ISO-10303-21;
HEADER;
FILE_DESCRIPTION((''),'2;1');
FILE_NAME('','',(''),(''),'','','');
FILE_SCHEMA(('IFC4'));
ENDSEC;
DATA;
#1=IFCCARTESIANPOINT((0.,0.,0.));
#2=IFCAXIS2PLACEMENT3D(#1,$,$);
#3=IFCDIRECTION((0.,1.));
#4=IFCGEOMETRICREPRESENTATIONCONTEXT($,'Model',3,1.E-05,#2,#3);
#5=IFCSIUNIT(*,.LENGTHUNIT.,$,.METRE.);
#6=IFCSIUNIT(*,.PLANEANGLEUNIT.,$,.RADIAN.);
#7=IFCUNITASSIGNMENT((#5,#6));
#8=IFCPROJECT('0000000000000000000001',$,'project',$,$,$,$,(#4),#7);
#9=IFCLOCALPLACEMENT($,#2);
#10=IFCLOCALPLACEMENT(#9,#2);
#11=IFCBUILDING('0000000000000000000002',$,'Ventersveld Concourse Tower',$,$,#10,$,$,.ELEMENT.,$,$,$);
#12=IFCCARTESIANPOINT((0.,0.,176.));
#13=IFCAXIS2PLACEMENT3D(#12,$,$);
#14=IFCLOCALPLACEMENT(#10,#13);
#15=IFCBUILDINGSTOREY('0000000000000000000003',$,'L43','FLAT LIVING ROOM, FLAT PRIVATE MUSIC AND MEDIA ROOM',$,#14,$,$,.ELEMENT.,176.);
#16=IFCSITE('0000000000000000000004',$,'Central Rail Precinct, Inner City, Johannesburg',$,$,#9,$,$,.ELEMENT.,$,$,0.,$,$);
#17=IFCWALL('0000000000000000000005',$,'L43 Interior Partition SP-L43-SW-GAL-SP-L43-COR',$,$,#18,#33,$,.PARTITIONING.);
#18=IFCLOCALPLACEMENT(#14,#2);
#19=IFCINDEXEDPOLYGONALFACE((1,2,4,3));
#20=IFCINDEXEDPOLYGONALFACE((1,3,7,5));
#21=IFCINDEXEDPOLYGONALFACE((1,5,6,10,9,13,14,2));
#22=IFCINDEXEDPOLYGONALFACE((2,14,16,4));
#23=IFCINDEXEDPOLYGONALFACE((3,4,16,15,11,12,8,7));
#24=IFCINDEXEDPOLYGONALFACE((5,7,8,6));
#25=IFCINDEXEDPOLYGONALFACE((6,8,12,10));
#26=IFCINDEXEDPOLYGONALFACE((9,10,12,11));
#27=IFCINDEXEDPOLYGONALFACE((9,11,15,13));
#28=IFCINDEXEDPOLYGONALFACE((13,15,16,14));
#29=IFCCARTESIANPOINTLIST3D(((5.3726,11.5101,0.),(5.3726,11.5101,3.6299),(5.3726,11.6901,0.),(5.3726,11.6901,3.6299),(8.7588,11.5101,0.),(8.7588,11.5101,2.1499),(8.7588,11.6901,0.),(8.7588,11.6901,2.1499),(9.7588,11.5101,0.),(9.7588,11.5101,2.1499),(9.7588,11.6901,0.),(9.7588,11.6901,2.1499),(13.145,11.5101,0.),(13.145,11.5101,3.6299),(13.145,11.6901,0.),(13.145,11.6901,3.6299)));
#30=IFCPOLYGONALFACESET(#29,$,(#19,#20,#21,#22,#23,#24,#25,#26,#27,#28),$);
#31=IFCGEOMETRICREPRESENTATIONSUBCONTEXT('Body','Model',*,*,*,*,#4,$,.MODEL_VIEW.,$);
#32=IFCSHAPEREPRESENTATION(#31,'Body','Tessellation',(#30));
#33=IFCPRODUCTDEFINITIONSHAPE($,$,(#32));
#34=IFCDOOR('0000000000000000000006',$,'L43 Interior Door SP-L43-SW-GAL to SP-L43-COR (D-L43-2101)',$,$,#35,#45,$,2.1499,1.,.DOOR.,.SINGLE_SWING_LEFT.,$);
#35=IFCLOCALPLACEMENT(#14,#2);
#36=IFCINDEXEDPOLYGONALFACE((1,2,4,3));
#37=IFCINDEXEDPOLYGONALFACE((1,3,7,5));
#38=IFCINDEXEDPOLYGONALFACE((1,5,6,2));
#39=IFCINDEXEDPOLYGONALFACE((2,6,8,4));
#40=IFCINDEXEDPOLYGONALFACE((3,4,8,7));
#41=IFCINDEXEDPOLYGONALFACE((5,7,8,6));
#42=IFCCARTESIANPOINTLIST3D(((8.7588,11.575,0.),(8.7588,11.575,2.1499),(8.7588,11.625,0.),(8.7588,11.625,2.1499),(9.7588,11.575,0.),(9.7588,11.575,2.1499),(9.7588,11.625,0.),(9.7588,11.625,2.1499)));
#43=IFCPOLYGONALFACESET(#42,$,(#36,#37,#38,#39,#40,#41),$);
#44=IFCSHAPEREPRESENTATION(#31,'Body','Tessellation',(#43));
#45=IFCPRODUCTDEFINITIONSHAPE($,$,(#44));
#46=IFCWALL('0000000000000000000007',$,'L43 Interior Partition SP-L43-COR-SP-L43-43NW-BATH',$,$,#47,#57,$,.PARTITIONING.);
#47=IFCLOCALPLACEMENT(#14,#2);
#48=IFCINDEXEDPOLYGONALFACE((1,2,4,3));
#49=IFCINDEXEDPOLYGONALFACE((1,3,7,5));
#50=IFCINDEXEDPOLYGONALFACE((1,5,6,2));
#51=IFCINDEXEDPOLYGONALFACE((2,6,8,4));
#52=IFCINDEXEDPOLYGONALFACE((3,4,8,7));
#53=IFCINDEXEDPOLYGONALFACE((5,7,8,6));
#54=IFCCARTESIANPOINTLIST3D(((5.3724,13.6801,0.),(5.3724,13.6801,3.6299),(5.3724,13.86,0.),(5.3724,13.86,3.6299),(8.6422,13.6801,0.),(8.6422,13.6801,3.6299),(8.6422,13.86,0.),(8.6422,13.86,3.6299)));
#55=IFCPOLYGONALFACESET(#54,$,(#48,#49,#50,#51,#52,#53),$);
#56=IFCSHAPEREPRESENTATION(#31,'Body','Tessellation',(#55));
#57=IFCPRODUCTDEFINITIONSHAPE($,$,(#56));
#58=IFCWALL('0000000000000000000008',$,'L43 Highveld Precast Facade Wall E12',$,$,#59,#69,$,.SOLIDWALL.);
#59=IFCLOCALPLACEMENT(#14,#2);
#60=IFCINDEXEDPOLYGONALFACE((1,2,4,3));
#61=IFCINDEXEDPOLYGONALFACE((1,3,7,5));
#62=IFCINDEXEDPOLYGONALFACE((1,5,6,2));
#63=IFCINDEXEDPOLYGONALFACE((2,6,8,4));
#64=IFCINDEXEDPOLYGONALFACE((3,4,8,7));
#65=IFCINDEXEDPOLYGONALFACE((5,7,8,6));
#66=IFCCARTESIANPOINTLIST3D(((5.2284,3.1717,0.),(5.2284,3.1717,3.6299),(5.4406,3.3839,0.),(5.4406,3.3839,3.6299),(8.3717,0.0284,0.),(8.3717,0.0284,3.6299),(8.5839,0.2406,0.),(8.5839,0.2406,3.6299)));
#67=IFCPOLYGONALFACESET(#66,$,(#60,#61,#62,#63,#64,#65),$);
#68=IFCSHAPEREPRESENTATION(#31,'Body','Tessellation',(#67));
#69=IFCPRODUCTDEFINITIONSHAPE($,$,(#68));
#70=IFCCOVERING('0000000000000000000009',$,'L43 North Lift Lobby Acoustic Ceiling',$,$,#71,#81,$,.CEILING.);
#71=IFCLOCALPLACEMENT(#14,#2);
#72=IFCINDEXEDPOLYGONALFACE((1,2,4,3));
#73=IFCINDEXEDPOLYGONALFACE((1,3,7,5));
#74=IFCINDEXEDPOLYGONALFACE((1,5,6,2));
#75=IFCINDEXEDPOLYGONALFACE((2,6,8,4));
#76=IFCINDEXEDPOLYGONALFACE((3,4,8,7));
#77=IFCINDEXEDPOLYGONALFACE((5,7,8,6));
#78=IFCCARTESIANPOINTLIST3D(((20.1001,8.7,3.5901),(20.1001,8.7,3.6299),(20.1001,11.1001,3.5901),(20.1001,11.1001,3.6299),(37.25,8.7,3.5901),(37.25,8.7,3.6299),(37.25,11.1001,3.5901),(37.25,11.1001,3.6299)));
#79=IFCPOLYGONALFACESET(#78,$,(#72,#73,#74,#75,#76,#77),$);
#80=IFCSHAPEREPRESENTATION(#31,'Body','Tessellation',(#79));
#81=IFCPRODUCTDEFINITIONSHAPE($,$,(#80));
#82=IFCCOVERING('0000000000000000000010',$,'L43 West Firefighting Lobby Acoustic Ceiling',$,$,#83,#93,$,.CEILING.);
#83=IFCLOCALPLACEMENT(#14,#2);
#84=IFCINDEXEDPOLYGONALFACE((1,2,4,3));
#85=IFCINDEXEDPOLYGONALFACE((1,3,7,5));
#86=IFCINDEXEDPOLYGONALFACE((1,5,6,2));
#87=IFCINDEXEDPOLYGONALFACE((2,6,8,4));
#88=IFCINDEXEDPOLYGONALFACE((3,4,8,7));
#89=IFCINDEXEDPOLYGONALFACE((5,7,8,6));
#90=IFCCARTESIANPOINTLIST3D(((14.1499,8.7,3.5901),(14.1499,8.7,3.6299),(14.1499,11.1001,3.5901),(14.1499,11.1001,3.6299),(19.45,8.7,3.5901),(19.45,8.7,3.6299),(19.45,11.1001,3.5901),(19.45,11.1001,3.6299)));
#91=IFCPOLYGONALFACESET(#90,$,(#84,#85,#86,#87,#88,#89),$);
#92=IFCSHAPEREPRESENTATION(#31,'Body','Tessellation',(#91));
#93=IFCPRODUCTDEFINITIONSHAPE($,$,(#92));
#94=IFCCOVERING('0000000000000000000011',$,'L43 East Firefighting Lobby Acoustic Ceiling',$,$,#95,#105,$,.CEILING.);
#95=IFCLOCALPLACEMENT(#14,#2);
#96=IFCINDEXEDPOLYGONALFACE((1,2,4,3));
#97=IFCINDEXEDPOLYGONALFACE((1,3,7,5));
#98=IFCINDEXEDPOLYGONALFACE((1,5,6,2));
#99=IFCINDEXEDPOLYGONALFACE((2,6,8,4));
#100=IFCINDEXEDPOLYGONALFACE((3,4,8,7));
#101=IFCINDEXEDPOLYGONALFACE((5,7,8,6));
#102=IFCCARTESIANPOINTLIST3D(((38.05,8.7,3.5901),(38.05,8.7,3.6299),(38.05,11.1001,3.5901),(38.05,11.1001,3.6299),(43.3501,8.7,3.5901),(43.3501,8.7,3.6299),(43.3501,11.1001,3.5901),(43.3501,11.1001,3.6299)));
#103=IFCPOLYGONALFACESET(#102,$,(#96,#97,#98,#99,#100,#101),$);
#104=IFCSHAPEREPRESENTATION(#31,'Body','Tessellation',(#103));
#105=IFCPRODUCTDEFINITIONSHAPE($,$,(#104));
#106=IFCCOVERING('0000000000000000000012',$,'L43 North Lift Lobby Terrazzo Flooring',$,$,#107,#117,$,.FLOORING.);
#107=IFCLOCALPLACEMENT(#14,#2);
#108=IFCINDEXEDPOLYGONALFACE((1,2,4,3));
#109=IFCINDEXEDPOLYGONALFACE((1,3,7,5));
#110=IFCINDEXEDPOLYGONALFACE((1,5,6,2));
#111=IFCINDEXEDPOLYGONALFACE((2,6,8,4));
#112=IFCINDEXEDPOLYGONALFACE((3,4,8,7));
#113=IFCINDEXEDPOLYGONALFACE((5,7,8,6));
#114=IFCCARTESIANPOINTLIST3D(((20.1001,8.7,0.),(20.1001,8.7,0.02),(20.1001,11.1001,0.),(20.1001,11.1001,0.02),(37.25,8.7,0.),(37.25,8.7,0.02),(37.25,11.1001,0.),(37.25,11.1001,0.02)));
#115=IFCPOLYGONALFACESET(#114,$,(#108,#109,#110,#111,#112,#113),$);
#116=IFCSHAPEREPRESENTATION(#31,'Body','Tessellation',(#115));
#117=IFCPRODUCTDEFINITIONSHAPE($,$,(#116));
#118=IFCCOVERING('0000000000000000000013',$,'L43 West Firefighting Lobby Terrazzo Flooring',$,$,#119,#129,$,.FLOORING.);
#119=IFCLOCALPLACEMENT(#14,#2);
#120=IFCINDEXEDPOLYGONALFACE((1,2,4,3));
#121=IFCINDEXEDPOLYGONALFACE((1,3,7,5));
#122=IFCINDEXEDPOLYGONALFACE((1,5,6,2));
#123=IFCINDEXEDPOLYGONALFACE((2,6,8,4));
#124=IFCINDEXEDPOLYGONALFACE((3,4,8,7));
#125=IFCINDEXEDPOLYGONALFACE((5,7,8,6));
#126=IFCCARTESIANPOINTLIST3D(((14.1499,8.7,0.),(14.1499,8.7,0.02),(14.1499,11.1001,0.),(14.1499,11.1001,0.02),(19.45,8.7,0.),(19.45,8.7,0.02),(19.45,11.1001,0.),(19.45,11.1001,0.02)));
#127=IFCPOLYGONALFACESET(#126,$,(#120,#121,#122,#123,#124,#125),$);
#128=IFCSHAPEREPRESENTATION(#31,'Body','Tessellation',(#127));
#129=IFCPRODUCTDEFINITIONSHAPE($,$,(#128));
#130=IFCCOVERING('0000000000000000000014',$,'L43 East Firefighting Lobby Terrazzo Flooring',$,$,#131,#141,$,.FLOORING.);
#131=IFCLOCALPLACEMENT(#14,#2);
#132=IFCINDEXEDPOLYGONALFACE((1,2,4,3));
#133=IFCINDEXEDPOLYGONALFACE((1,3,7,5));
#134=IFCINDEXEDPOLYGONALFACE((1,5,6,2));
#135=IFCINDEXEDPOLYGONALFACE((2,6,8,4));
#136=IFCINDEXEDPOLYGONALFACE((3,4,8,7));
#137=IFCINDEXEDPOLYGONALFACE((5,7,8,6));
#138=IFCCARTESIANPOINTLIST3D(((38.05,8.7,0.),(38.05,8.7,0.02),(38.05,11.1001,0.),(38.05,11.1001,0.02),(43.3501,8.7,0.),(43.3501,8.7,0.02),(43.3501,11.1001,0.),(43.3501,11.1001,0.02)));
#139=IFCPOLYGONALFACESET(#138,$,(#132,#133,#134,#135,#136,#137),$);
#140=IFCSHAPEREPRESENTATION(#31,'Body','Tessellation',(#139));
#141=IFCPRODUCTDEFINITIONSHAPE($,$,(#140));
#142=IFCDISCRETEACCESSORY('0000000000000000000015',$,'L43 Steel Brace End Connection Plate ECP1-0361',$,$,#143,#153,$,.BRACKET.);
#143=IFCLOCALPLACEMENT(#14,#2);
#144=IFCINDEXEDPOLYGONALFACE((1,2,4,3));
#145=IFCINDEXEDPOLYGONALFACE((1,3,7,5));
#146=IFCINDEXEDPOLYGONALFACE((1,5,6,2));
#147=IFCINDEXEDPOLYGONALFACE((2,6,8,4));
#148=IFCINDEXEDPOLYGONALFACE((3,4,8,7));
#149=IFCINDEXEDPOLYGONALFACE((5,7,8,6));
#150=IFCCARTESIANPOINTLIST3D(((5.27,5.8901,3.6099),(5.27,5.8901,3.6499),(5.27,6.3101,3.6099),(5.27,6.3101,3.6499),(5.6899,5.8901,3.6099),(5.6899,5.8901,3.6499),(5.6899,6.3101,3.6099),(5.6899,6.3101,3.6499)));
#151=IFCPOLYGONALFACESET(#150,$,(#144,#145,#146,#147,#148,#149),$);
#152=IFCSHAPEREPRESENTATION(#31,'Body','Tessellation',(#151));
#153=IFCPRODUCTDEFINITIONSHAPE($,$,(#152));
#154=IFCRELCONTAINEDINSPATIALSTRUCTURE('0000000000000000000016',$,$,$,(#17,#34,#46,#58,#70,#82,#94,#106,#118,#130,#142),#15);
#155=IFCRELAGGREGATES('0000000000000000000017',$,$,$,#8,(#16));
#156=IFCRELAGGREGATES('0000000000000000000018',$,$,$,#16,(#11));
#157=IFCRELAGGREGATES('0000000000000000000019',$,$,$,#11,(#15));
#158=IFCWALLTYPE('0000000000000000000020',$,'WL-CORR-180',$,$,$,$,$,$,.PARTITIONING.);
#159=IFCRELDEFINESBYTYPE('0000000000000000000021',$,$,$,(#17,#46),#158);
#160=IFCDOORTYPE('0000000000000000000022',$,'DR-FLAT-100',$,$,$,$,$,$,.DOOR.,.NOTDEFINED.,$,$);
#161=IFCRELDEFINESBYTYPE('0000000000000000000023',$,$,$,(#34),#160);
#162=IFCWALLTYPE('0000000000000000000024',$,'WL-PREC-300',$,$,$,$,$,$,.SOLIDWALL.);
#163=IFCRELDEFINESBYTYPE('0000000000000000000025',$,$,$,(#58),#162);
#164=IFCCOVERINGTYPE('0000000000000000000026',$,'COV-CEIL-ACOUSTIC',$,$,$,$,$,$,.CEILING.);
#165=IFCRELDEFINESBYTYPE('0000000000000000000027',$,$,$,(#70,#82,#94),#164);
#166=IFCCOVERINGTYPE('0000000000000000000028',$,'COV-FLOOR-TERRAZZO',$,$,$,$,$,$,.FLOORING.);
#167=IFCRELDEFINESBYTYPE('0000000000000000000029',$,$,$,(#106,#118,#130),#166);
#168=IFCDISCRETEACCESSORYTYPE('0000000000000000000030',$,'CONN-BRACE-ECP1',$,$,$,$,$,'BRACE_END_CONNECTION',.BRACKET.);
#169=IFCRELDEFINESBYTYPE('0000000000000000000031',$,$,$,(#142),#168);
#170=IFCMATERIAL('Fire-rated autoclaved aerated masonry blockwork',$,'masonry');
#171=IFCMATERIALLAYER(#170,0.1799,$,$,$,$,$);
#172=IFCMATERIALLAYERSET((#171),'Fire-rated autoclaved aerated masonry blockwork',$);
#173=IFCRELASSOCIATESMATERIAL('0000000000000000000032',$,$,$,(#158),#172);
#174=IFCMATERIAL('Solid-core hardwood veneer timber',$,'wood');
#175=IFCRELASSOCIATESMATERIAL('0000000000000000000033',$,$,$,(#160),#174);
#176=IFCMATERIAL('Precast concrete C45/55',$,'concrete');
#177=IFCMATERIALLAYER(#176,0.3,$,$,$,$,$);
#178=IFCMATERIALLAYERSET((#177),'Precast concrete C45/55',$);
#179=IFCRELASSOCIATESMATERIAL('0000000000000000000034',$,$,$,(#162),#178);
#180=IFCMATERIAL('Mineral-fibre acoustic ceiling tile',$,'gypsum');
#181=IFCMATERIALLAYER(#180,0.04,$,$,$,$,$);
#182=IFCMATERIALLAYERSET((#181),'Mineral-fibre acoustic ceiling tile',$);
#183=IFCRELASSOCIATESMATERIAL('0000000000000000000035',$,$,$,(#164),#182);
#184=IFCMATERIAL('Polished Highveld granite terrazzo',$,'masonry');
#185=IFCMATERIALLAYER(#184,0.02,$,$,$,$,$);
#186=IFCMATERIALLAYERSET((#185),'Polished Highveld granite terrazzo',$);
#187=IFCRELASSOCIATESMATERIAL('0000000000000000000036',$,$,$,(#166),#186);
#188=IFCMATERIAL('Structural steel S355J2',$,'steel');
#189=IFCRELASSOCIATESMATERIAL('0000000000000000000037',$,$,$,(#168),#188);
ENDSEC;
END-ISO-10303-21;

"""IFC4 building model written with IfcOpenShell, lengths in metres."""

from ifc_helpers import new_model, si_unit, direction, frame, frame_2d, origin, origin_2d, place, context, subcontext, project, spatial, polyline, rectangle, outline, extrude, material, layer, layer_set, type_object, element, fill, save


model = new_model("IFC4")

# Units and contexts
model_context = context("Model", 3, precision=1e-05, world=origin(), true_north=direction((0.0, 1.0)))
body_context = subcontext(model_context, "Body", "Model", "MODEL_VIEW")
ifc_project = project(units=[si_unit("LENGTHUNIT", "METRE"), si_unit("PLANEANGLEUNIT", "RADIAN")], contexts=[model_context])

# Site, building, storey
site_placement = place(None, origin())
site = spatial("IfcSite", under=ifc_project, at=site_placement, Name="Central Rail Precinct, Inner City, Johannesburg", CompositionType="ELEMENT", RefElevation=0.0)
building_placement = place(site_placement, origin())
building = spatial("IfcBuilding", under=site, at=building_placement, Name="Ventersveld Concourse Tower", CompositionType="ELEMENT")
storey_placement = place(building_placement, frame((0.0, 0.0, 176.0)))
storey = spatial("IfcBuildingStorey", under=building, at=storey_placement, Name="L43", Description="FLAT LIVING ROOM, FLAT PRIVATE MUSIC AND MEDIA ROOM", CompositionType="ELEMENT", Elevation=176.0)

# Wall, opening, door
ifc_material_1 = material(Name="Fire-rated autoclaved aerated masonry blockwork", Category="masonry")
ifc_layer_1 = layer(ifc_material_1, 0.1799)
ifc_layer_set_1 = layer_set([ifc_layer_1], Name="Fire-rated autoclaved aerated masonry blockwork")
wall_type_1 = type_object("IfcWallType", Name="WL-CORR-180", PredefinedType="PARTITIONING", material=ifc_layer_set_1)
wall_1_placement = place(storey_placement, frame((5.3726, 11.6001, 0.0), z_axis=(0.0, 0.0, 1.0), x_axis=(1.0, 0.0, 0.0)))
wall_1 = element("IfcWall", 1, at=wall_1_placement, inside=storey, type_object=wall_type_1, Name="L43 Interior Partition SP-L43-SW-GAL-SP-L43-COR", PredefinedType="PARTITIONING", context=body_context, shape_type="SweptSolid", body=[
    extrude(rectangle(XDim=7.7725, YDim=0.1799, at=frame_2d((3.8862, 0.0))), origin(), (0.0, 0.0, 1.0), 3.6299),
])
opening_placement = place(wall_1_placement, frame((3.3862, 0.0, 0.0)))
opening = element("IfcOpeningElement", 2, at=opening_placement, cuts=wall_1, PredefinedType="OPENING", context=body_context, shape_type="SweptSolid", body=[
    extrude(rectangle(XDim=1.0, YDim=2.1499, at=frame_2d((0.5, 1.075))), frame((0.0, 0.1001, 0.0), z_axis=(0.0, -1.0, 0.0), x_axis=(1.0, 0.0, 0.0)), (0.0, 0.0, 1.0), 0.2),
])
ifc_material_2 = material(Name="Solid-core hardwood veneer timber", Category="wood")
door_type = type_object("IfcDoorType", Name="DR-FLAT-100", OperationType="NOTDEFINED", PredefinedType="DOOR", material=ifc_material_2)
door_placement = place(opening_placement, origin())
door = element("IfcDoor", 3, at=door_placement, inside=storey, type_object=door_type, Name="L43 Interior Door SP-L43-SW-GAL to SP-L43-COR (D-L43-2101)", OperationType="SINGLE_SWING_LEFT", OverallHeight=2.1499, OverallWidth=1.0, PredefinedType="DOOR", context=body_context, shape_type="SweptSolid", body=[
    extrude(rectangle(XDim=1.0, YDim=2.1499, at=frame_2d((0.5, 1.075))), frame((0.0, 0.0249, 0.0), z_axis=(0.0, -1.0, 0.0), x_axis=(1.0, 0.0, 0.0)), (0.0, 0.0, 1.0), 0.05),
])
fill(opening, door)

# Walls
wall_2_placement = place(storey_placement, frame((5.3726, 13.77, 0.0), z_axis=(0.0, 0.0, 1.0), x_axis=(1.0, 0.0, 0.0)))
element("IfcWall", 4, at=wall_2_placement, inside=storey, type_object=wall_type_1, Name="L43 Interior Partition SP-L43-COR-SP-L43-43NW-BATH", PredefinedType="PARTITIONING", context=body_context, shape_type="SweptSolid", body=[
    extrude(rectangle(XDim=3.2698, YDim=0.1799, at=frame_2d((1.6348, 0.0))), origin(), (0.0, 0.0, 1.0), 3.6299),
])
ifc_material_3 = material(Name="Precast concrete C45/55", Category="concrete")
ifc_layer_2 = layer(ifc_material_3, 0.3)
ifc_layer_set_2 = layer_set([ifc_layer_2], Name="Precast concrete C45/55")
wall_type_2 = type_object("IfcWallType", Name="WL-PREC-300", PredefinedType="SOLIDWALL", material=ifc_layer_set_2)
wall_3_placement = place(storey_placement, frame((5.3345, 3.2778, 0.0), z_axis=(0.0, 0.0, 1.0), x_axis=(0.707107, -0.707107, 0.0)))
element("IfcWall", 5, at=wall_3_placement, inside=storey, type_object=wall_type_2, Name="L43 Highveld Precast Facade Wall E12", PredefinedType="SOLIDWALL", context=body_context, shape_type="SweptSolid", body=[
    extrude(rectangle(XDim=4.4453, YDim=0.3, at=frame_2d((2.2227, 0.0))), origin(), (0.0, 0.0, 1.0), 3.6299),
])

# Coverings
ifc_material_4 = material(Name="Mineral-fibre acoustic ceiling tile", Category="gypsum")
ifc_layer_3 = layer(ifc_material_4, 0.04)
ifc_layer_set_3 = layer_set([ifc_layer_3], Name="Mineral-fibre acoustic ceiling tile")
covering_type_1 = type_object("IfcCoveringType", Name="COV-CEIL-ACOUSTIC", PredefinedType="CEILING", material=ifc_layer_set_3)
covering_1_placement = place(storey_placement, frame((0.0, 0.0, 3.5901)))
element("IfcCovering", 6, at=covering_1_placement, inside=storey, type_object=covering_type_1, Name="L43 North Lift Lobby Acoustic Ceiling", PredefinedType="CEILING", context=body_context, shape_type="SweptSolid", body=[
    extrude(outline(polyline([(20.1001, 8.7), (37.25, 8.7), (37.25, 11.1001), (20.1001, 11.1001), (20.1001, 8.7)])), origin(), (0.0, 0.0, 1.0), 0.0398),
])
covering_2_placement = place(storey_placement, frame((0.0, 0.0, 3.5901)))
element("IfcCovering", 7, at=covering_2_placement, inside=storey, type_object=covering_type_1, Name="L43 West Firefighting Lobby Acoustic Ceiling", PredefinedType="CEILING", context=body_context, shape_type="SweptSolid", body=[
    extrude(outline(polyline([(14.1499, 8.7), (19.45, 8.7), (19.45, 11.1001), (14.1499, 11.1001), (14.1499, 8.7)])), origin(), (0.0, 0.0, 1.0), 0.0398),
])
covering_3_placement = place(storey_placement, frame((0.0, 0.0, 3.5901)))
element("IfcCovering", 8, at=covering_3_placement, inside=storey, type_object=covering_type_1, Name="L43 East Firefighting Lobby Acoustic Ceiling", PredefinedType="CEILING", context=body_context, shape_type="SweptSolid", body=[
    extrude(outline(polyline([(38.05, 8.7), (43.3501, 8.7), (43.3501, 11.1001), (38.05, 11.1001), (38.05, 8.7)])), origin(), (0.0, 0.0, 1.0), 0.0398),
])
ifc_material_5 = material(Name="Polished Highveld granite terrazzo", Category="masonry")
ifc_layer_4 = layer(ifc_material_5, 0.02)
ifc_layer_set_4 = layer_set([ifc_layer_4], Name="Polished Highveld granite terrazzo")
covering_type_2 = type_object("IfcCoveringType", Name="COV-FLOOR-TERRAZZO", PredefinedType="FLOORING", material=ifc_layer_set_4)
covering_4_placement = place(storey_placement, origin())
element("IfcCovering", 9, at=covering_4_placement, inside=storey, type_object=covering_type_2, Name="L43 North Lift Lobby Terrazzo Flooring", PredefinedType="FLOORING", context=body_context, shape_type="SweptSolid", body=[
    extrude(outline(polyline([(20.1001, 8.7), (37.25, 8.7), (37.25, 11.1001), (20.1001, 11.1001), (20.1001, 8.7)])), origin(), (0.0, 0.0, 1.0), 0.02),
])
covering_5_placement = place(storey_placement, origin())
element("IfcCovering", 10, at=covering_5_placement, inside=storey, type_object=covering_type_2, Name="L43 West Firefighting Lobby Terrazzo Flooring", PredefinedType="FLOORING", context=body_context, shape_type="SweptSolid", body=[
    extrude(outline(polyline([(14.1499, 8.7), (19.45, 8.7), (19.45, 11.1001), (14.1499, 11.1001), (14.1499, 8.7)])), origin(), (0.0, 0.0, 1.0), 0.02),
])
covering_6_placement = place(storey_placement, origin())
element("IfcCovering", 11, at=covering_6_placement, inside=storey, type_object=covering_type_2, Name="L43 East Firefighting Lobby Terrazzo Flooring", PredefinedType="FLOORING", context=body_context, shape_type="SweptSolid", body=[
    extrude(outline(polyline([(38.05, 8.7), (43.3501, 8.7), (43.3501, 11.1001), (38.05, 11.1001), (38.05, 8.7)])), origin(), (0.0, 0.0, 1.0), 0.02),
])

# Discrete accessory
ifc_material_6 = material(Name="Structural steel S355J2", Category="steel")
discrete_accessory_type = type_object("IfcDiscreteAccessoryType", Name="CONN-BRACE-ECP1", ElementType="BRACE_END_CONNECTION", PredefinedType="BRACKET", material=ifc_material_6)
discrete_accessory_placement = place(storey_placement, frame((5.48, 6.1001, 3.6099), z_axis=(0.0, 0.0, 1.0), x_axis=(1.0, 0.0, 0.0)))
element("IfcDiscreteAccessory", 12, at=discrete_accessory_placement, inside=storey, type_object=discrete_accessory_type, Name="L43 Steel Brace End Connection Plate ECP1-0361", PredefinedType="BRACKET", context=body_context, shape_type="SweptSolid", body=[
    extrude(rectangle(XDim=0.4199, YDim=0.4199, at=origin_2d()), origin(), (0.0, 0.0, 1.0), 0.04),
])

save(model, "model.ifc")
